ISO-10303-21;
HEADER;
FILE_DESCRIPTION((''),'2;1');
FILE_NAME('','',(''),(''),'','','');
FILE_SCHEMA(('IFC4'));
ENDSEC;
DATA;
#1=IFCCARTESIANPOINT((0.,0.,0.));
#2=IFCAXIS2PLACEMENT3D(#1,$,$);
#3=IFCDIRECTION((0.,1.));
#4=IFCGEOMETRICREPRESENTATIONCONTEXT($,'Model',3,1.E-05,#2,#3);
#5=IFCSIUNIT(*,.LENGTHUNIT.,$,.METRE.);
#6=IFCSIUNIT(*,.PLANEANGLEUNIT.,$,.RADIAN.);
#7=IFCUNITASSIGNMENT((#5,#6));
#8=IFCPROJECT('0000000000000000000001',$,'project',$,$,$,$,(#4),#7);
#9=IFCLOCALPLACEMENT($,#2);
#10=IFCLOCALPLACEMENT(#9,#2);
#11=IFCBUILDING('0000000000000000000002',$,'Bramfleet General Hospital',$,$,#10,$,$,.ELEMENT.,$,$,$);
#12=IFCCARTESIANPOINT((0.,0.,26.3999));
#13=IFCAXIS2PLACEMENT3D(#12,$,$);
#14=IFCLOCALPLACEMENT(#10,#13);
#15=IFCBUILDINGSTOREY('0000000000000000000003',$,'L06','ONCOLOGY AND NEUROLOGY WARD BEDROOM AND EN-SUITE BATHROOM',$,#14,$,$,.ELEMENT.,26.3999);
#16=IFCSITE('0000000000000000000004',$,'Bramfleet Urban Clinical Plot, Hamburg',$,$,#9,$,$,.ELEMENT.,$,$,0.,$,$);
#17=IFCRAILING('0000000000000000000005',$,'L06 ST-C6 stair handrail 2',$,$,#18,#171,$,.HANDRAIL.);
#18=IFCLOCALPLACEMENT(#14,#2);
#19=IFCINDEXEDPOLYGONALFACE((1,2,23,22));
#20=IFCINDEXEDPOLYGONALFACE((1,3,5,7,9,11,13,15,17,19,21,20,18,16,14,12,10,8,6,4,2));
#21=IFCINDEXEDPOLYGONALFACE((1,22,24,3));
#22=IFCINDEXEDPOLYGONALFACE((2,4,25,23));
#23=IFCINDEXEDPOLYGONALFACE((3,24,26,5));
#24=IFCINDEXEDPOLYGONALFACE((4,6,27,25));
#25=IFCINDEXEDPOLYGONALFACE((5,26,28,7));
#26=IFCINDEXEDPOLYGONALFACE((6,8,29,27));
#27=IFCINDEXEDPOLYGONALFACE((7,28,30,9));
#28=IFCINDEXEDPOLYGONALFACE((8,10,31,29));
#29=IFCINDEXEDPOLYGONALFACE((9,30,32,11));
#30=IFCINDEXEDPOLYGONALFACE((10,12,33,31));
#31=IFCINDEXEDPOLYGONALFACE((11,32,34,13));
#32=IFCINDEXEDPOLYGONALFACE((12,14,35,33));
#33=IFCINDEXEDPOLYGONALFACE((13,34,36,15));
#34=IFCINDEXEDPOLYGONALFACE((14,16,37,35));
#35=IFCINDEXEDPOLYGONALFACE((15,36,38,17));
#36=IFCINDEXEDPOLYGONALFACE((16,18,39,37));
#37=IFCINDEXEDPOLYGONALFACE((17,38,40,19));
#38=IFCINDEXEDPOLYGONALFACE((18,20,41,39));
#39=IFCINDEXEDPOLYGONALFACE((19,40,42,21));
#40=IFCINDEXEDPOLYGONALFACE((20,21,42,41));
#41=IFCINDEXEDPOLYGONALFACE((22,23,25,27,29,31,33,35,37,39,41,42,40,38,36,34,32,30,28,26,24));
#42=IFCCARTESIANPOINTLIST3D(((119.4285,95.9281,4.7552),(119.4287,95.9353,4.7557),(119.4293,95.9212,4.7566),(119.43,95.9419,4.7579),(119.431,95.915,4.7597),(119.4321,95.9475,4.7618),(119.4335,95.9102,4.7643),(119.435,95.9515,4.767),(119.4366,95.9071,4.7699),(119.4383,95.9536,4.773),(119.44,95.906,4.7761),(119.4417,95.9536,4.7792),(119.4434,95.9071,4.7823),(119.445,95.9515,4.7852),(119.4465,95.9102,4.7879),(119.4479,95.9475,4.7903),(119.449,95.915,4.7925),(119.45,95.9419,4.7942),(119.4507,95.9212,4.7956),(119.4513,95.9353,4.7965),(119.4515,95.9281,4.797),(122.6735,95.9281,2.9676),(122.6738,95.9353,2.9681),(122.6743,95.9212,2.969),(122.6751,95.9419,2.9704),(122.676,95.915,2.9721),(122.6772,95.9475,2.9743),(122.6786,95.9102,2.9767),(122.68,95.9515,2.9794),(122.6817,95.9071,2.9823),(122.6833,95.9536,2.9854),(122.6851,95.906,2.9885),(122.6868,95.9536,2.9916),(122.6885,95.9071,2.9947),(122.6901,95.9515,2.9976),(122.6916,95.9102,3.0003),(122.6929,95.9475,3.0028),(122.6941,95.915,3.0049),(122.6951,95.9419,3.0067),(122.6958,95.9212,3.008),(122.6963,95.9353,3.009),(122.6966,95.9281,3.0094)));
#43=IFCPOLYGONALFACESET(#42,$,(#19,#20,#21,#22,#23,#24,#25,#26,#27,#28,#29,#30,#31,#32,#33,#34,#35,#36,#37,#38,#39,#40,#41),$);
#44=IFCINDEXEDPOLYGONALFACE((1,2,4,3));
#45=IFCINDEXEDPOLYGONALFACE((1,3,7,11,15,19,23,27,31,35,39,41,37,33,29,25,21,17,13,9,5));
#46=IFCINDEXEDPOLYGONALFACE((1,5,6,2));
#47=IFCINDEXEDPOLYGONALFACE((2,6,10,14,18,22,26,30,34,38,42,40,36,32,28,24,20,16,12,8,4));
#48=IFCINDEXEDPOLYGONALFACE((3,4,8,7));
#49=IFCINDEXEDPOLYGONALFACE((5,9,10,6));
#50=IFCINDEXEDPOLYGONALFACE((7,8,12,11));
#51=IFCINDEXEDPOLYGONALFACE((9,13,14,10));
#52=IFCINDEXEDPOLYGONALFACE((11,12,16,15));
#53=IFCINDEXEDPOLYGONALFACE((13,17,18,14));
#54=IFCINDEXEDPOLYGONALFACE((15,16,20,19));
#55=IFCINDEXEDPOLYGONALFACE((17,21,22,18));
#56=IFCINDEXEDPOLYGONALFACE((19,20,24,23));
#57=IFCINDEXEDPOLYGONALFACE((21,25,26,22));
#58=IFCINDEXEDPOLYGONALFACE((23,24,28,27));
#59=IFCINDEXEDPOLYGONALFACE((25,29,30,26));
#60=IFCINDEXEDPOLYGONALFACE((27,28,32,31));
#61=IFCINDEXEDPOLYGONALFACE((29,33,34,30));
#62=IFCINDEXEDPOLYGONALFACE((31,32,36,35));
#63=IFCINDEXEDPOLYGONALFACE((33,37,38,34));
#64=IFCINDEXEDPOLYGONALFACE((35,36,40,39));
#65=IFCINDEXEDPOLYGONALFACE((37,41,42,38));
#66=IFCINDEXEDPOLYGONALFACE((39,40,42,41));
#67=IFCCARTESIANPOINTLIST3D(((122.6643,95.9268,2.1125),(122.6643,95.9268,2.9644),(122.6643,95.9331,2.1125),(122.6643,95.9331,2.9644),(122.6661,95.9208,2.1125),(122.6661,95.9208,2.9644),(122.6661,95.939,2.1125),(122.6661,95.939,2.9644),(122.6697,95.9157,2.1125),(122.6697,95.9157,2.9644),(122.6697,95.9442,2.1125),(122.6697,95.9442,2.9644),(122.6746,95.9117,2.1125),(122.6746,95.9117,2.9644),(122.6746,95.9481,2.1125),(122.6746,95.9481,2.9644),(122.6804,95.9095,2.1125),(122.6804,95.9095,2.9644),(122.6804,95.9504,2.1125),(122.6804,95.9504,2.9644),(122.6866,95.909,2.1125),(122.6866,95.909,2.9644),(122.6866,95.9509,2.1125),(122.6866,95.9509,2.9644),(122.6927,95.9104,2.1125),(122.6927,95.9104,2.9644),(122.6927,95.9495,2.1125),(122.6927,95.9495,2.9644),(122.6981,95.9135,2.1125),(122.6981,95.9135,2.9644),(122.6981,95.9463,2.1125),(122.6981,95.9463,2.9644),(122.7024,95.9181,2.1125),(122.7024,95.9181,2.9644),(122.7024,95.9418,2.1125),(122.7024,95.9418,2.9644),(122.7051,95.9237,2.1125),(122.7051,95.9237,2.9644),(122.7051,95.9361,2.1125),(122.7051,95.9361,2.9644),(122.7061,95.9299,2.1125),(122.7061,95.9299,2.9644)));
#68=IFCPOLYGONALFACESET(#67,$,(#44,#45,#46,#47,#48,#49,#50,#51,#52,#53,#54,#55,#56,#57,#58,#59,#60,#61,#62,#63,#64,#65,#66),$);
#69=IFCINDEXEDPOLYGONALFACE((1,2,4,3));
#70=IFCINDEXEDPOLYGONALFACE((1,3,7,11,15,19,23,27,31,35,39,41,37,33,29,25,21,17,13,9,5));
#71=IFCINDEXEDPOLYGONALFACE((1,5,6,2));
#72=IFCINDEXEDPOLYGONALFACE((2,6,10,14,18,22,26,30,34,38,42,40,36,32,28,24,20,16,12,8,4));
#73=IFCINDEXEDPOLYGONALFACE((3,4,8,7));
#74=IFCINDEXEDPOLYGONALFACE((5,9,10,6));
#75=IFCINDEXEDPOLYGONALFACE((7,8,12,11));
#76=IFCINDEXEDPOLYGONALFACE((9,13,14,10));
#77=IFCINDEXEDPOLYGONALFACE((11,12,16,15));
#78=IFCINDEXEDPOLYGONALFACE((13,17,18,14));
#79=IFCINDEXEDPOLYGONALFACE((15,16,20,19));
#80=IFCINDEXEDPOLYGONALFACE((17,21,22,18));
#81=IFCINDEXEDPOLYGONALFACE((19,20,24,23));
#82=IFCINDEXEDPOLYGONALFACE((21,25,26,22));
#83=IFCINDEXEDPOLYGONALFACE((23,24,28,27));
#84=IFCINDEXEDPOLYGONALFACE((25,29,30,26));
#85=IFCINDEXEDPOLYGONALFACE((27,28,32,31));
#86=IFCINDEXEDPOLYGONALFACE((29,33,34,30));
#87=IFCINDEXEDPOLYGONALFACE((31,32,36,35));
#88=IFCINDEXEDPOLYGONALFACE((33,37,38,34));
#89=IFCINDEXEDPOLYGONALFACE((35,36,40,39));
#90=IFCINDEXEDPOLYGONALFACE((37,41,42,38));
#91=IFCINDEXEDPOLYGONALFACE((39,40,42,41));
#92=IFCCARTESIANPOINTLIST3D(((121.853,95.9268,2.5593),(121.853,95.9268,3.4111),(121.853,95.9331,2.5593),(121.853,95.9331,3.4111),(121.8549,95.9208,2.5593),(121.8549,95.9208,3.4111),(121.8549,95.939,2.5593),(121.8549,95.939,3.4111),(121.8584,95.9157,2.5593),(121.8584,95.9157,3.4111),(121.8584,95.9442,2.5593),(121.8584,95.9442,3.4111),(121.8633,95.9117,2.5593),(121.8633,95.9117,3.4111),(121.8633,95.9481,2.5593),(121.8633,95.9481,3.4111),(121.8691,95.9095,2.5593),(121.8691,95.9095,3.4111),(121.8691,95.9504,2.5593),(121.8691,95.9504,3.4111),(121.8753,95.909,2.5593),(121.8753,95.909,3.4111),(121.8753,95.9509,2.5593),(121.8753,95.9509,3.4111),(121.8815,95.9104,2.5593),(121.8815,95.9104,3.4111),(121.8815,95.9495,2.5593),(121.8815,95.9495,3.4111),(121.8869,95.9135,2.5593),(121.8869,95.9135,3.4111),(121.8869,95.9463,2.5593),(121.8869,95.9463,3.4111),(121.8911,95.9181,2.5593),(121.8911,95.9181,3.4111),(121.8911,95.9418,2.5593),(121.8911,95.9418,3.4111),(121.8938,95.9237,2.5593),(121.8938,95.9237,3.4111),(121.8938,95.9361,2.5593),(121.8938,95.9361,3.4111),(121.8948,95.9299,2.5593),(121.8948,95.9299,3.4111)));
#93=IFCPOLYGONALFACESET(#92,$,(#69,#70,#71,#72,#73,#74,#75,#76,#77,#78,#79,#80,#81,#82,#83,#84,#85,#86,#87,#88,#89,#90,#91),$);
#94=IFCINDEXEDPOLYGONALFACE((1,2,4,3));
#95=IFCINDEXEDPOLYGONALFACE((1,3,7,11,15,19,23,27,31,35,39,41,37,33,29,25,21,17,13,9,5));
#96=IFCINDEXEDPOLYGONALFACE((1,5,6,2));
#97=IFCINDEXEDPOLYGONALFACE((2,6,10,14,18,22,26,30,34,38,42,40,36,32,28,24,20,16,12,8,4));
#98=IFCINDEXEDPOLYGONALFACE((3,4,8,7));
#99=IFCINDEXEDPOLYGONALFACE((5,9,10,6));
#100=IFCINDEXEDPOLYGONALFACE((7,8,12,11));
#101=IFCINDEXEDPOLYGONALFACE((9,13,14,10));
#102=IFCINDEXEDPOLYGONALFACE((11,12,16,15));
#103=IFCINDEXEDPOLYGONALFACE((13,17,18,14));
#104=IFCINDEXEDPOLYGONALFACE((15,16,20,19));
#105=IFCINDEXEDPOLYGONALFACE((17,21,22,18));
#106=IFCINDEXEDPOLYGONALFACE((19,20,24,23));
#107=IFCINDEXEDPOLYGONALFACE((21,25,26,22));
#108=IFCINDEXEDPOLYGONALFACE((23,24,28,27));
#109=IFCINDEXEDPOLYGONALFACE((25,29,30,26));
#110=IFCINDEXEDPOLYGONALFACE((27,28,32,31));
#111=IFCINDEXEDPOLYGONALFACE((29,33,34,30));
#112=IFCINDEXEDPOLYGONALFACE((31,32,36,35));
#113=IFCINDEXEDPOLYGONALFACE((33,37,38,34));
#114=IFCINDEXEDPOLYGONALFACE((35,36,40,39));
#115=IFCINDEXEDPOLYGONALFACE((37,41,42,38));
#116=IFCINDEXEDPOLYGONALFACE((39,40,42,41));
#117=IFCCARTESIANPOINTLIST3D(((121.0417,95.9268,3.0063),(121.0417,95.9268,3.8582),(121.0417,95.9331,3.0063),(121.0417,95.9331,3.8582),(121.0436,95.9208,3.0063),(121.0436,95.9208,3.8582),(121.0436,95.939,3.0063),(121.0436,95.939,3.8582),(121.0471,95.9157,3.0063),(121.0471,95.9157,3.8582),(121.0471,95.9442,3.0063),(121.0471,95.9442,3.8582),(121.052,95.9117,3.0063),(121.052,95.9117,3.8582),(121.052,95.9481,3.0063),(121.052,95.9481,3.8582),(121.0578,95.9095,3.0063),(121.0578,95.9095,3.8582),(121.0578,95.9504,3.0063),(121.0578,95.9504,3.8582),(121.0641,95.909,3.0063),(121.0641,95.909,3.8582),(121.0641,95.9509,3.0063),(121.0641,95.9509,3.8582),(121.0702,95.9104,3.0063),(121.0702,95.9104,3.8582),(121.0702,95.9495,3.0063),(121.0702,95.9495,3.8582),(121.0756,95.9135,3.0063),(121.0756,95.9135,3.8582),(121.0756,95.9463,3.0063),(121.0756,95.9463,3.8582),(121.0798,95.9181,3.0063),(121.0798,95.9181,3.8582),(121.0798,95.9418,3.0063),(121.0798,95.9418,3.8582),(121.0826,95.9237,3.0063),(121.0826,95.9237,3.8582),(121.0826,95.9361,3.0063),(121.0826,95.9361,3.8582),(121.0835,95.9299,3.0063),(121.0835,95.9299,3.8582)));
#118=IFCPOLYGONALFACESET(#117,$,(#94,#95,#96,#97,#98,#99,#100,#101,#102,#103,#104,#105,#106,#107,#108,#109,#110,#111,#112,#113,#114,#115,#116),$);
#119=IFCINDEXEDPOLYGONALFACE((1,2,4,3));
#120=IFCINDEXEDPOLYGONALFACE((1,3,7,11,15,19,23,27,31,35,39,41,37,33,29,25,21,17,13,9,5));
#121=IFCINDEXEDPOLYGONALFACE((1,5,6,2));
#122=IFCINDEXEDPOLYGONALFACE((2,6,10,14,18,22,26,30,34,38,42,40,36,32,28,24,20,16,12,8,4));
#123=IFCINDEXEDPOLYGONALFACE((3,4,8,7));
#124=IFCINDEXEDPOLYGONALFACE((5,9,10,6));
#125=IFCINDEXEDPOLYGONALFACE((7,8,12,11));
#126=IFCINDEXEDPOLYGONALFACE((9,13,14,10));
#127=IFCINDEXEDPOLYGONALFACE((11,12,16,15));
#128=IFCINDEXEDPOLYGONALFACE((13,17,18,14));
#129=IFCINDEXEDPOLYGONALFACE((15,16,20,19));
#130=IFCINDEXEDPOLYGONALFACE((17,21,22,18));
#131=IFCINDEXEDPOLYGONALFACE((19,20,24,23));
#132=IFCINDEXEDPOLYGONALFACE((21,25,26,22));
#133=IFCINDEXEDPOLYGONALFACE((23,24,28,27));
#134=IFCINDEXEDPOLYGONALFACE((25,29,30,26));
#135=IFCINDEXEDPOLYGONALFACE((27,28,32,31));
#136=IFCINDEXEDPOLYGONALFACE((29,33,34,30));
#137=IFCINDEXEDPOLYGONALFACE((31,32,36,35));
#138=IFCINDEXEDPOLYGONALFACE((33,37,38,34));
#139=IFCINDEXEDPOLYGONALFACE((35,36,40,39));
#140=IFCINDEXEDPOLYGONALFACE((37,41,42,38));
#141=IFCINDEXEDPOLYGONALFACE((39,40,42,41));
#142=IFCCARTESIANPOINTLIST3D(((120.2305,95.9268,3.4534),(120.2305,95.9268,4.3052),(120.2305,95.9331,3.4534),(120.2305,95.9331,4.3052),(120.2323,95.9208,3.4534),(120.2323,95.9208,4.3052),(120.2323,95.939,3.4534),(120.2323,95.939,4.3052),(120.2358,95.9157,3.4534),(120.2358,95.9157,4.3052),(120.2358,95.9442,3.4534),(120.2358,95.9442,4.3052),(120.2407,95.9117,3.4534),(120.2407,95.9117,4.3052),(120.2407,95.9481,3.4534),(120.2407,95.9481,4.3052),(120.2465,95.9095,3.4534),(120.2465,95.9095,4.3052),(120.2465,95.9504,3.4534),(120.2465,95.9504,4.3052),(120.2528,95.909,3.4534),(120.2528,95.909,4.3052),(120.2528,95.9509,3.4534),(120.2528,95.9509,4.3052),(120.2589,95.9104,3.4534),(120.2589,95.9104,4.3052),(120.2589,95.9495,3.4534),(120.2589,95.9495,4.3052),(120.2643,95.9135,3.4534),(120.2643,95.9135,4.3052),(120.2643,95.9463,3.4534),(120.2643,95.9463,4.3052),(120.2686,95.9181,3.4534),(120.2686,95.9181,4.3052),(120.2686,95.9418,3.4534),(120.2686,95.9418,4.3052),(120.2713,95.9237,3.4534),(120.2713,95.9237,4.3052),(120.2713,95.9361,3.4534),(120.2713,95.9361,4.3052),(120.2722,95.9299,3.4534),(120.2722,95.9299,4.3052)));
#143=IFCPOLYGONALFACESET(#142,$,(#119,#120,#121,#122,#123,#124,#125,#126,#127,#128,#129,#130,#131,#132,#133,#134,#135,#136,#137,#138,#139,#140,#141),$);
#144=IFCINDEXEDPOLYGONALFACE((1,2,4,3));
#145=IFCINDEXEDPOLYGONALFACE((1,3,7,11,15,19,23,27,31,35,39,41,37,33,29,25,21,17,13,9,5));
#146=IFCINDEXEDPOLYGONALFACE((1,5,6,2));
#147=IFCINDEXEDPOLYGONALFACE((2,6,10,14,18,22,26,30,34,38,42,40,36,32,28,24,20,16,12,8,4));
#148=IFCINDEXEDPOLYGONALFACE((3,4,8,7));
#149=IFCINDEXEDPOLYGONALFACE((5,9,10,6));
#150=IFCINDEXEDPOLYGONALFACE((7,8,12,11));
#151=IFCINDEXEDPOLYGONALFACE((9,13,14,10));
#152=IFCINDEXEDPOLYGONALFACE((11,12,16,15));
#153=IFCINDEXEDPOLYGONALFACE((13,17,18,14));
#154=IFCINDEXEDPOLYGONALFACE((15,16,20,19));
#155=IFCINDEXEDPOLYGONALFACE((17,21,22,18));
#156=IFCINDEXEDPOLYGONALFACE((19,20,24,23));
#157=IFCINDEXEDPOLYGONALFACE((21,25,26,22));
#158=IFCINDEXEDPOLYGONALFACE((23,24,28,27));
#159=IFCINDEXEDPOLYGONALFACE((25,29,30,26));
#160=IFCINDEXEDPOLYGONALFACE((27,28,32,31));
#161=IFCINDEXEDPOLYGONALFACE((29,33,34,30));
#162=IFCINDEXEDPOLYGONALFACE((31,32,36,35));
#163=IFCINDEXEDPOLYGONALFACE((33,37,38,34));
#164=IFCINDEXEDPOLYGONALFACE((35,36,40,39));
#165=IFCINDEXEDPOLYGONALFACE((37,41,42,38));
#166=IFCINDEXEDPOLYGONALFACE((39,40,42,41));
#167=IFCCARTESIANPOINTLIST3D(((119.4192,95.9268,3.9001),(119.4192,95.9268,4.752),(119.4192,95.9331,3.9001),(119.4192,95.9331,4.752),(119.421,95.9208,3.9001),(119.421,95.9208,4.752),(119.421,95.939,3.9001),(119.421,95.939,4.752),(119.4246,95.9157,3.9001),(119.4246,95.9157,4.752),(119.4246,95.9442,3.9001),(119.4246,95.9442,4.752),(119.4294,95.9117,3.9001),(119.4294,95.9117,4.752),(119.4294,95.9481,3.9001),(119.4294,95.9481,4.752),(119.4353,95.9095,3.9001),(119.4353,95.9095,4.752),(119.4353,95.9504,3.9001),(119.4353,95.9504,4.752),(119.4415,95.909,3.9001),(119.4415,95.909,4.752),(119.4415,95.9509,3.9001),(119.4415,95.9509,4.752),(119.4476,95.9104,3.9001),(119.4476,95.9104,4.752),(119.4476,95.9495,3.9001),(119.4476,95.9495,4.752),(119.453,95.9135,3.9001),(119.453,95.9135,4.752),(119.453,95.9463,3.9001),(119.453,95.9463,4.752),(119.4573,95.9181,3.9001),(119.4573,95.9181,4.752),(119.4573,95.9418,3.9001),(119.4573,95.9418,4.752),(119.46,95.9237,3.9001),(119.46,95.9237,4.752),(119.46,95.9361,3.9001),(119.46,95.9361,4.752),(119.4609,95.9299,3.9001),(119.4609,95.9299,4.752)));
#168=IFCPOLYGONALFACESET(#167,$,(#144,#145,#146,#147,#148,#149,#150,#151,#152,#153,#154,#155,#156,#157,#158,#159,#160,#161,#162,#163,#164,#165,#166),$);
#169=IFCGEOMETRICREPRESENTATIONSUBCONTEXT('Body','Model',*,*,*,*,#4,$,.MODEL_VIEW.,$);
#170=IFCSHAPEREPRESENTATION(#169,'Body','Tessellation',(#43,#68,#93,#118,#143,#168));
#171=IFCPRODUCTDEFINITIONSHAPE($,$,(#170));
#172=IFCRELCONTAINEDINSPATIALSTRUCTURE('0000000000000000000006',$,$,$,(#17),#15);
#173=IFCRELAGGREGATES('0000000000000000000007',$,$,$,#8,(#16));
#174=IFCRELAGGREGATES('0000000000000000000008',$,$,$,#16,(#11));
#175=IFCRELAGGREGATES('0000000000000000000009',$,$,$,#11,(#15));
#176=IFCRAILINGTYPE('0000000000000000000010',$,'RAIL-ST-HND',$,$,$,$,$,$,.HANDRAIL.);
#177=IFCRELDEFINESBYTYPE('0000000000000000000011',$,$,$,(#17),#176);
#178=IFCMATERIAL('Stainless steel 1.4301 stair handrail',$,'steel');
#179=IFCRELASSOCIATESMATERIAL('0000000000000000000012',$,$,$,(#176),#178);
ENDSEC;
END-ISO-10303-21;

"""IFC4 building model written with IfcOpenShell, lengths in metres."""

from ifc_helpers import new_model, si_unit, direction, frame, origin, origin_2d, place, context, subcontext, project, spatial, circle, extrude, material, type_object, element, save


model = new_model("IFC4")

# Units and contexts
model_context = context("Model", 3, precision=1e-05, world=origin(), true_north=direction((0.0, 1.0)))
body_context = subcontext(model_context, "Body", "Model", "MODEL_VIEW")
ifc_project = project(units=[si_unit("LENGTHUNIT", "METRE"), si_unit("PLANEANGLEUNIT", "RADIAN")], contexts=[model_context])

# Site, building, storey
site_placement = place(None, origin())
site = spatial("IfcSite", under=ifc_project, at=site_placement, Name="Bramfleet Urban Clinical Plot, Hamburg", CompositionType="ELEMENT", RefElevation=0.0)
building_placement = place(site_placement, origin())
building = spatial("IfcBuilding", under=site, at=building_placement, Name="Bramfleet General Hospital", CompositionType="ELEMENT")
storey_placement = place(building_placement, frame((0.0, 0.0, 26.3999)))
storey = spatial("IfcBuildingStorey", under=building, at=storey_placement, Name="L06", Description="ONCOLOGY AND NEUROLOGY WARD BEDROOM AND EN-SUITE BATHROOM", CompositionType="ELEMENT", Elevation=26.3999)

# Railing
ifc_material_1 = material(Name="Stainless steel 1.4301 stair handrail", Category="steel")
railing_type_1 = type_object("IfcRailingType", Name="RAIL-ST-HND", PredefinedType="HANDRAIL", material=ifc_material_1)
railing_1_placement = place(storey_placement, frame((122.6851, 95.9299, 2.1125)))
element("IfcRailing", 1, at=railing_1_placement, inside=storey, type_object=railing_type_1, Name="L06 ST-C6 stair handrail 2", PredefinedType="HANDRAIL", context=body_context, shape_type="SweptSolid", body=[
    extrude(circle(Radius=0.0239, at=origin_2d()), frame((0.0, 0.0, 0.876), z_axis=(-0.875899, 0.0, 0.482495), x_axis=(0.0, -1.0, 0.0)), (0.0, 0.0, 1.0), 3.7048),
    extrude(circle(Radius=0.021, at=origin_2d()), origin(), (0.0, 0.0, 1.0), 0.8518),
    extrude(circle(Radius=0.021, at=origin_2d()), frame((-0.8113, 0.0, 0.4468)), (0.0, 0.0, 1.0), 0.8518),
    extrude(circle(Radius=0.021, at=origin_2d()), frame((-1.6226, 0.0, 0.8938)), (0.0, 0.0, 1.0), 0.8518),
    extrude(circle(Radius=0.021, at=origin_2d()), frame((-2.4338, 0.0, 1.3408)), (0.0, 0.0, 1.0), 0.8518),
    extrude(circle(Radius=0.021, at=origin_2d()), frame((-3.2451, 0.0, 1.7876)), (0.0, 0.0, 1.0), 0.8518),
])

save(model, "model.ifc")
